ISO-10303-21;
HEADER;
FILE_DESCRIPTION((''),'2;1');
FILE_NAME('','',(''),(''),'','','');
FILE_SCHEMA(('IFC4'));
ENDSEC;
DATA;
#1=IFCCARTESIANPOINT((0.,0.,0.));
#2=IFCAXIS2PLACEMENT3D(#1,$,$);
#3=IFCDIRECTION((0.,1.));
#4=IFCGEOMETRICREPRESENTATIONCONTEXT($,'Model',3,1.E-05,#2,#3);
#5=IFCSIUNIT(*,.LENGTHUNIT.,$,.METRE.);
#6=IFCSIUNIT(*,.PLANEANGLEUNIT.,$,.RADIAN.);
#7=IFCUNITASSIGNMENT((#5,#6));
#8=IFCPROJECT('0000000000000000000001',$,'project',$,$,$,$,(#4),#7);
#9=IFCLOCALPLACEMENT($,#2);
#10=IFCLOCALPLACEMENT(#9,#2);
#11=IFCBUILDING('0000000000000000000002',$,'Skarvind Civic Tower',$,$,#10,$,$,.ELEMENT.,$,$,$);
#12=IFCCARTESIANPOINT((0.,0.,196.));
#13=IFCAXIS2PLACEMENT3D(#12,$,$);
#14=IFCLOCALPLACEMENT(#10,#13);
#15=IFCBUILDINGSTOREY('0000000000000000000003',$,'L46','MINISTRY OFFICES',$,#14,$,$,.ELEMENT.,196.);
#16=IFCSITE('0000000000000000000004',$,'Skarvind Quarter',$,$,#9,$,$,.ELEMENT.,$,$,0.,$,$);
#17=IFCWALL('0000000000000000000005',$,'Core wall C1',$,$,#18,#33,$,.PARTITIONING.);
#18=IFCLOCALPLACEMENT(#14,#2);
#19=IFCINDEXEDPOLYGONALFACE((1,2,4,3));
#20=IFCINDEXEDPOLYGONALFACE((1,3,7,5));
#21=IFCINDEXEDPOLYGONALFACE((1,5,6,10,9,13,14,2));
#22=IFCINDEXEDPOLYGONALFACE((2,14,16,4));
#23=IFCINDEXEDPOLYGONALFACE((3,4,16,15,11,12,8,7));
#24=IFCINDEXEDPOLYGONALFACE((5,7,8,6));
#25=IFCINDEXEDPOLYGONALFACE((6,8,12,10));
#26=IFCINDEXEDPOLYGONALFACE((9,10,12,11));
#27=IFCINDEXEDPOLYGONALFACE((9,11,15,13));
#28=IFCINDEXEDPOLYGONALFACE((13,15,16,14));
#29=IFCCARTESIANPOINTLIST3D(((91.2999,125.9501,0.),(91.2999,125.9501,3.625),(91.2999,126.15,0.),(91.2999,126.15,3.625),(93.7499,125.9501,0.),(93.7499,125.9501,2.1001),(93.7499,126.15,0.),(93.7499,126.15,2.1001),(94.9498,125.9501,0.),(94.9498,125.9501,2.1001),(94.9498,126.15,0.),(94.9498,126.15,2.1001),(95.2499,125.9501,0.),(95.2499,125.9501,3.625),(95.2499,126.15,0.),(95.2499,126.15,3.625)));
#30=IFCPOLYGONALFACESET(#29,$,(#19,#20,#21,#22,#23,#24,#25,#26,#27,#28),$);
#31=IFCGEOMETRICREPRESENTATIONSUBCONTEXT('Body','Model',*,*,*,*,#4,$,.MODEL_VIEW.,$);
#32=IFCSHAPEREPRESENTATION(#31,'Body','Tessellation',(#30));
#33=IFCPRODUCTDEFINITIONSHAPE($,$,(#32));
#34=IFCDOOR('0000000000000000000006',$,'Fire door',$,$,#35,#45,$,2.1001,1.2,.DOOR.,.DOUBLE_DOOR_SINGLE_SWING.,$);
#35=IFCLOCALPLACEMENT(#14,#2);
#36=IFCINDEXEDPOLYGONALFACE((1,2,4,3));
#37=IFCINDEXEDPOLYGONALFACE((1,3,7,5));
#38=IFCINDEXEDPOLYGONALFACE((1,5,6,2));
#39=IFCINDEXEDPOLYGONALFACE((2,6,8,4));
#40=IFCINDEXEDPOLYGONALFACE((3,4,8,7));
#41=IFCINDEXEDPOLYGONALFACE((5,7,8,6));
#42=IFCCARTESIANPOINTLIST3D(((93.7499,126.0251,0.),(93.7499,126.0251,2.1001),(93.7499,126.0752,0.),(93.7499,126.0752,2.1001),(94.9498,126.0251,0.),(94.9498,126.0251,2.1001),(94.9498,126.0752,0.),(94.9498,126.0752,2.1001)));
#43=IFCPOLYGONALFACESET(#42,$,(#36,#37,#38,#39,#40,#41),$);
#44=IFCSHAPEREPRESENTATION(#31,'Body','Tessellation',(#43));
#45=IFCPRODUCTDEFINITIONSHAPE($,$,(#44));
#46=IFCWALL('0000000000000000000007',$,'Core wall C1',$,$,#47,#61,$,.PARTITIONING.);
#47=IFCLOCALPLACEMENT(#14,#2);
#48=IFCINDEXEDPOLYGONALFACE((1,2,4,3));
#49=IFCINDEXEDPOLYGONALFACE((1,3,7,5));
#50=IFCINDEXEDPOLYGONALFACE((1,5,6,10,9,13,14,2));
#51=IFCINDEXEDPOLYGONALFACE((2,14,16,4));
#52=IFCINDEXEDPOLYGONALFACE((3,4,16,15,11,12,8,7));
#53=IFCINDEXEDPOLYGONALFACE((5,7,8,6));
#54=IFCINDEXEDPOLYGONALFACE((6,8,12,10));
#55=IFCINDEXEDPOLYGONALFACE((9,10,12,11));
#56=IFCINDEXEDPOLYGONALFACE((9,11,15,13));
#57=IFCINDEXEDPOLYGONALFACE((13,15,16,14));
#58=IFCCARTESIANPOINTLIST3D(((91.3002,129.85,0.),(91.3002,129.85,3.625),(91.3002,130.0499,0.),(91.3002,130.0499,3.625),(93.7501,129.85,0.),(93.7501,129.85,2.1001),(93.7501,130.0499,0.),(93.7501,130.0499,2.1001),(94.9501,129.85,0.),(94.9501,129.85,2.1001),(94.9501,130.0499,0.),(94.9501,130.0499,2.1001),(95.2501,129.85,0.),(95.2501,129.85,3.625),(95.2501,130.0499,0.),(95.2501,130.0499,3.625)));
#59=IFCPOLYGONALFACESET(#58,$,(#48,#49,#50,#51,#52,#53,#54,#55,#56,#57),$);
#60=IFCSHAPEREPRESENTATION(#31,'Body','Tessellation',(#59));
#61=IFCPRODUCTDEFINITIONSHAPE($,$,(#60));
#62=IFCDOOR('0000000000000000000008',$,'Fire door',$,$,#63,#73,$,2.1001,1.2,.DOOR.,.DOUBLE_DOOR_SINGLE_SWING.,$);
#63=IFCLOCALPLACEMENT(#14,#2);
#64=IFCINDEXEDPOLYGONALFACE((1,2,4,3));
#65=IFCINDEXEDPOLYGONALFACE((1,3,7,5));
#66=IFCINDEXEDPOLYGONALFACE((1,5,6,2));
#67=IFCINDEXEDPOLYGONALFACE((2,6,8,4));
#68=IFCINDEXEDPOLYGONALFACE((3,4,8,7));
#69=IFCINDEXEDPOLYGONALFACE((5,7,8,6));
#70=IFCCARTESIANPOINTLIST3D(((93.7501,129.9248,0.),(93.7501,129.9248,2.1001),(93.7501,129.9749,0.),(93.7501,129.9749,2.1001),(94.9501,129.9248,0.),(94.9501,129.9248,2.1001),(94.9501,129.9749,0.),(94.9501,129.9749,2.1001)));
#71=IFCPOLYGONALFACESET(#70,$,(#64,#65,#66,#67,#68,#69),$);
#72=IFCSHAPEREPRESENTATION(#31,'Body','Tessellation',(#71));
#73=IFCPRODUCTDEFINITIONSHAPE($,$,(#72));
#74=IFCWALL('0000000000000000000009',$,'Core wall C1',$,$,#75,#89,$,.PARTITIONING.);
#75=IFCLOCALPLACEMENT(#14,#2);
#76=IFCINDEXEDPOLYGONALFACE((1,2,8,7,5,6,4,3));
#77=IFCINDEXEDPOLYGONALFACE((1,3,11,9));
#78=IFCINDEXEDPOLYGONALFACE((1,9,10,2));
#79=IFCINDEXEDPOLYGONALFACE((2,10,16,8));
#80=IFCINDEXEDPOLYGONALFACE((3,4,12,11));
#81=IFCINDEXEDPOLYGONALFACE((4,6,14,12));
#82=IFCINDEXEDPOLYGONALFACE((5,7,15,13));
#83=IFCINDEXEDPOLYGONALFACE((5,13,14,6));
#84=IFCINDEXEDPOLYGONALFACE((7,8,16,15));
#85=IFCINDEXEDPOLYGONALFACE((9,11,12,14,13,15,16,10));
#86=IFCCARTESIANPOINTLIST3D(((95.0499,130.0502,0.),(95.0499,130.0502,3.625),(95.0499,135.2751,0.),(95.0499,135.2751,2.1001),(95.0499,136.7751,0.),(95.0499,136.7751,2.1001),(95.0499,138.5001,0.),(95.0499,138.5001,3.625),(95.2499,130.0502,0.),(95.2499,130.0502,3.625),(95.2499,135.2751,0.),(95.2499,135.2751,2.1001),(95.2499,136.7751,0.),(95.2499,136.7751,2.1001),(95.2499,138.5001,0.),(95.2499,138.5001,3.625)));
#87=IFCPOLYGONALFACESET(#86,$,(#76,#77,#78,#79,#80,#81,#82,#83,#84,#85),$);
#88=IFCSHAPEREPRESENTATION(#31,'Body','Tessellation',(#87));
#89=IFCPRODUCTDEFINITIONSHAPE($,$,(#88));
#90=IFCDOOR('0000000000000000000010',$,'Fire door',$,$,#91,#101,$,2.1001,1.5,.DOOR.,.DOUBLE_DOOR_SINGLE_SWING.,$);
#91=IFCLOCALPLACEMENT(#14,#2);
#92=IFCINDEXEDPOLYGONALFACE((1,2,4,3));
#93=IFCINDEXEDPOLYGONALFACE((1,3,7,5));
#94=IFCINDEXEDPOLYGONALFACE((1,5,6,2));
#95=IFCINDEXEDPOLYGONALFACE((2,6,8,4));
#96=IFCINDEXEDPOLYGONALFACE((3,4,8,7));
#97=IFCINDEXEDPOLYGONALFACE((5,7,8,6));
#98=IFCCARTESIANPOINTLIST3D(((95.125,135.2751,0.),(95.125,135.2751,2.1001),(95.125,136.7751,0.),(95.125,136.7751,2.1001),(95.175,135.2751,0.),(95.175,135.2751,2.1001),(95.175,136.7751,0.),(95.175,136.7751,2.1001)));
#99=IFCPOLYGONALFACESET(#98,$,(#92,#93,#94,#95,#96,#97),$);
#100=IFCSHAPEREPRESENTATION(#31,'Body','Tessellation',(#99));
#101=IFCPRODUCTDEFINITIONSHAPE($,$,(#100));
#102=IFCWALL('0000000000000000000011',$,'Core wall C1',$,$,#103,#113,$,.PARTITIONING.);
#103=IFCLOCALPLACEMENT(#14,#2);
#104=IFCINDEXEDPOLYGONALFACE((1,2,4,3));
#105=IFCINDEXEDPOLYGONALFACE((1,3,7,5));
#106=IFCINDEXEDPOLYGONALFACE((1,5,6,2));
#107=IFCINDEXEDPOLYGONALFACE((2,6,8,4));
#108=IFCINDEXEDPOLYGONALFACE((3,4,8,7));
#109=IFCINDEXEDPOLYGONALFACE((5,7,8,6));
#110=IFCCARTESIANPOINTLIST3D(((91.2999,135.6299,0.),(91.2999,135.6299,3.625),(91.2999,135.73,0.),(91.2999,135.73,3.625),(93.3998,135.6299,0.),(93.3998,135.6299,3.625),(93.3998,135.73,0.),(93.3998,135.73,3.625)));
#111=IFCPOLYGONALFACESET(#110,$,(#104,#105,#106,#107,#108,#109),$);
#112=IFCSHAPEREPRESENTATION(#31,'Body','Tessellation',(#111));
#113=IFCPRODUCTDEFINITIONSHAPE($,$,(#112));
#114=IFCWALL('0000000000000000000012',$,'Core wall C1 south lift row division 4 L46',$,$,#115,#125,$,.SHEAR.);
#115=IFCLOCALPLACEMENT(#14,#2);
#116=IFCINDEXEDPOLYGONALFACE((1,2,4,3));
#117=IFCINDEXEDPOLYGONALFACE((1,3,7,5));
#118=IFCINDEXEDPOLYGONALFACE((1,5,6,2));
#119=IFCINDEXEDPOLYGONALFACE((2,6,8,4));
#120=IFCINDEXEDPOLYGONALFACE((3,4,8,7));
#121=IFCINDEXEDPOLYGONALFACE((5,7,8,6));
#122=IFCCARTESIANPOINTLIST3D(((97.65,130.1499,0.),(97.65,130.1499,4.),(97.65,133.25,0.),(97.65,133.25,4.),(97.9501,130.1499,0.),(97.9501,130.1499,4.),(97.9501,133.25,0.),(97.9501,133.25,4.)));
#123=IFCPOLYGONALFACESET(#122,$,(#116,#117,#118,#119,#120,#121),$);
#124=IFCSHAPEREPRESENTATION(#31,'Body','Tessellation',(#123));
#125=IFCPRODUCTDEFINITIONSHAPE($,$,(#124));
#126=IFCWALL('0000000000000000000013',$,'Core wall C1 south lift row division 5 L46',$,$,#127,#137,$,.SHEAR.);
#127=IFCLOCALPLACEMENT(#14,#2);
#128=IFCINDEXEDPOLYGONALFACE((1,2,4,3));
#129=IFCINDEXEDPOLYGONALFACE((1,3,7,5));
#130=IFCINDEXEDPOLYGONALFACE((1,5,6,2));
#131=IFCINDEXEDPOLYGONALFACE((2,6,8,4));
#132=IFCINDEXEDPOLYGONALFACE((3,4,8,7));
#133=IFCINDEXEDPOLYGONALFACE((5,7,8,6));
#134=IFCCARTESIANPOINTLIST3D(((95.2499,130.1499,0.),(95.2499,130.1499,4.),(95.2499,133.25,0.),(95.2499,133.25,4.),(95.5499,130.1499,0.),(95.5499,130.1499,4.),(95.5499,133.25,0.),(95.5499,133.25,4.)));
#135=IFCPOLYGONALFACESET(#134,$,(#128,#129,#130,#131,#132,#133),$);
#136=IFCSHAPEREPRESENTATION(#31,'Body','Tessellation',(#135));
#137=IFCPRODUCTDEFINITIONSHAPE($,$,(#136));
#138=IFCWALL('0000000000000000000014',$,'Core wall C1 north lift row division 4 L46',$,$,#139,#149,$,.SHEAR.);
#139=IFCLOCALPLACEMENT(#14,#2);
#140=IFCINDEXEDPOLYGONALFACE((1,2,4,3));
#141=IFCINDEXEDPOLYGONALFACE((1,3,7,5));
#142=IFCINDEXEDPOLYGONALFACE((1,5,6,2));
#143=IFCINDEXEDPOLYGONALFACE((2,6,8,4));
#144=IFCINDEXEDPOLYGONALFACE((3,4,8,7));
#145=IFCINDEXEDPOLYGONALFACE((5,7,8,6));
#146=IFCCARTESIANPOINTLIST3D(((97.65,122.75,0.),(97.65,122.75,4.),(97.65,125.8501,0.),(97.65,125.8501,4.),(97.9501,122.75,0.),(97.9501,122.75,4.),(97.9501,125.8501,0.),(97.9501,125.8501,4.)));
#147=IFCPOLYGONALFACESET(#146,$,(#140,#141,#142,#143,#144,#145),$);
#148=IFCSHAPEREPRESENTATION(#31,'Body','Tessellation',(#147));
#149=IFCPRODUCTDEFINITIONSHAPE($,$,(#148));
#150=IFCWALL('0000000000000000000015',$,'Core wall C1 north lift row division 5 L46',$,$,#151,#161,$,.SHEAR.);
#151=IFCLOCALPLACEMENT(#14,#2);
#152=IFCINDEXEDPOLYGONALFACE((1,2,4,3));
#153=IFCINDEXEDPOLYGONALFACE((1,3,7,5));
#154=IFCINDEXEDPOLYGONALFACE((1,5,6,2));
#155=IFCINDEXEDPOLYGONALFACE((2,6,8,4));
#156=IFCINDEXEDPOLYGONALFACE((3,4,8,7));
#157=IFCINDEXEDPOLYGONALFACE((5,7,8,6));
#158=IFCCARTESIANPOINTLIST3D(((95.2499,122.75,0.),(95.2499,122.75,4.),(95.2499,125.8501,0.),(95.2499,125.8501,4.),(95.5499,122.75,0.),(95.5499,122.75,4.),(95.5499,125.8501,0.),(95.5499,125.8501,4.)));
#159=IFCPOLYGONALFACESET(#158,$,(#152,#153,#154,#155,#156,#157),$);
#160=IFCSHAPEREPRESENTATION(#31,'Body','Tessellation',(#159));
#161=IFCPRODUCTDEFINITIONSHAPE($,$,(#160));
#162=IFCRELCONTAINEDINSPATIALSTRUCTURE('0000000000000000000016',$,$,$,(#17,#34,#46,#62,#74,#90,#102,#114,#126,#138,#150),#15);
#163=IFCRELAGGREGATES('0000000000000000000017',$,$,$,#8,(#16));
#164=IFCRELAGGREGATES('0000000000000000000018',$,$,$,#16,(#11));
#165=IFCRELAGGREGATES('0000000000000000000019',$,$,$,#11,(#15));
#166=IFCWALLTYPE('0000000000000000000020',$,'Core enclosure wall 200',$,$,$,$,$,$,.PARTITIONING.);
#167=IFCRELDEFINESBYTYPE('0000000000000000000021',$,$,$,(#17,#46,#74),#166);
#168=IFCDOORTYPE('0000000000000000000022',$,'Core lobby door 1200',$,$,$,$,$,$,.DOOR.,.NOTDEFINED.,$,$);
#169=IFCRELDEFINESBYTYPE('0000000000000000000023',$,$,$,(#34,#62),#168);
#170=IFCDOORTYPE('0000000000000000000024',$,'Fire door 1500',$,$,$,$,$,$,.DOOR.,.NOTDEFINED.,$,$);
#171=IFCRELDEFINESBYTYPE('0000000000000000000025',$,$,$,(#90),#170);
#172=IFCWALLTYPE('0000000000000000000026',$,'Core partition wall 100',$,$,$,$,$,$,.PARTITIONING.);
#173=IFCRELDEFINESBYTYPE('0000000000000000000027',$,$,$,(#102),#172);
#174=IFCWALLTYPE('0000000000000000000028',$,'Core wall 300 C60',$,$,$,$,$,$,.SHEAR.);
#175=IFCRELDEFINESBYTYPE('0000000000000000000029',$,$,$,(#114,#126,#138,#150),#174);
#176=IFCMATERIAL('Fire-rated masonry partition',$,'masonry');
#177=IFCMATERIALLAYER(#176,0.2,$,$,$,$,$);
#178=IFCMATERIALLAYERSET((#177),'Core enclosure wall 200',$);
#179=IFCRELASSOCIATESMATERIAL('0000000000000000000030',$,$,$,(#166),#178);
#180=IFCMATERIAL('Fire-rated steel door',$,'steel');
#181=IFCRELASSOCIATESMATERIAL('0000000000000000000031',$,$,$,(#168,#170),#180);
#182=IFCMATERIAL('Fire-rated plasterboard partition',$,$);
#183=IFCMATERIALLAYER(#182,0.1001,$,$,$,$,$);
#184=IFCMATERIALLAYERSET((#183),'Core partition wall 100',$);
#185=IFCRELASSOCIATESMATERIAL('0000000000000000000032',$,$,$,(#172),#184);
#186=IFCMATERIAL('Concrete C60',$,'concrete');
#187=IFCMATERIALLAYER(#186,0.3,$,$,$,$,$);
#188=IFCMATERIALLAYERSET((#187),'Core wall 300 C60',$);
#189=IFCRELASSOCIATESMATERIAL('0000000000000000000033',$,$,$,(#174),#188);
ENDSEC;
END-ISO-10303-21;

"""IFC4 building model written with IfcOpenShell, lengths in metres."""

from ifc_helpers import new_model, si_unit, direction, frame, frame_2d, origin, place, context, subcontext, project, spatial, rectangle, extrude, material, layer, layer_set, type_object, element, fill, save


model = new_model("IFC4")

# Units and contexts
model_context = context("Model", 3, precision=1e-05, world=origin(), true_north=direction((0.0, 1.0)))
body_context = subcontext(model_context, "Body", "Model", "MODEL_VIEW")
ifc_project = project(units=[si_unit("LENGTHUNIT", "METRE"), si_unit("PLANEANGLEUNIT", "RADIAN")], contexts=[model_context])

# Site, building, storey
site_placement = place(None, origin())
site = spatial("IfcSite", under=ifc_project, at=site_placement, Name="Skarvind Quarter", CompositionType="ELEMENT", RefElevation=0.0)
building_placement = place(site_placement, origin())
building = spatial("IfcBuilding", under=site, at=building_placement, Name="Skarvind Civic Tower", CompositionType="ELEMENT")
storey_placement = place(building_placement, frame((0.0, 0.0, 196.0)))
storey = spatial("IfcBuildingStorey", under=building, at=storey_placement, Name="L46", Description="MINISTRY OFFICES", CompositionType="ELEMENT", Elevation=196.0)

# Walls, openings, doors
ifc_material_1 = material(Name="Fire-rated masonry partition", Category="masonry")
ifc_layer_1 = layer(ifc_material_1, 0.2)
ifc_layer_set_1 = layer_set([ifc_layer_1], Name="Core enclosure wall 200")
wall_type_1 = type_object("IfcWallType", Name="Core enclosure wall 200", PredefinedType="PARTITIONING", material=ifc_layer_set_1)
wall_1_placement = place(storey_placement, frame((95.25, 126.05, 0.0), z_axis=(0.0, 0.0, 1.0), x_axis=(-1.0, 0.0, 0.0)))
wall_1 = element("IfcWall", 1, at=wall_1_placement, inside=storey, type_object=wall_type_1, Name="Core wall C1", PredefinedType="PARTITIONING", context=body_context, shape_type="SweptSolid", body=[
    extrude(rectangle(XDim=3.95, YDim=0.2, at=frame_2d((1.9751, 0.0))), origin(), (0.0, 0.0, 1.0), 3.625),
])
opening_1_placement = place(wall_1_placement, frame((0.3, 0.0, 0.0)))
opening_1 = element("IfcOpeningElement", 2, at=opening_1_placement, cuts=wall_1, PredefinedType="OPENING", context=body_context, shape_type="SweptSolid", body=[
    extrude(rectangle(XDim=1.2, YDim=2.1001, at=frame_2d((0.6001, 1.05))), frame((0.0, 0.1099, 0.0), z_axis=(0.0, -1.0, 0.0), x_axis=(1.0, 0.0, 0.0)), (0.0, 0.0, 1.0), 0.22),
])
ifc_material_2 = material(Name="Fire-rated steel door", Category="steel")
door_type_1 = type_object("IfcDoorType", Name="Core lobby door 1200", OperationType="NOTDEFINED", PredefinedType="DOOR", material=ifc_material_2)
door_1_placement = place(opening_1_placement, origin())
door_1 = element("IfcDoor", 3, at=door_1_placement, inside=storey, type_object=door_type_1, Name="Fire door", OperationType="DOUBLE_DOOR_SINGLE_SWING", OverallHeight=2.1001, OverallWidth=1.2, PredefinedType="DOOR", context=body_context, shape_type="SweptSolid", body=[
    extrude(rectangle(XDim=1.2, YDim=2.1001, at=frame_2d((0.6001, 1.05))), frame((0.0, 0.0249, 0.0), z_axis=(0.0, -1.0, 0.0), x_axis=(1.0, 0.0, 0.0)), (0.0, 0.0, 1.0), 0.05),
])
fill(opening_1, door_1)
wall_2_placement = place(storey_placement, frame((91.3, 129.95, 0.0), z_axis=(0.0, 0.0, 1.0), x_axis=(1.0, 0.0, 0.0)))
wall_2 = element("IfcWall", 4, at=wall_2_placement, inside=storey, type_object=wall_type_1, Name="Core wall C1", PredefinedType="PARTITIONING", context=body_context, shape_type="SweptSolid", body=[
    extrude(rectangle(XDim=3.95, YDim=0.2, at=frame_2d((1.9751, 0.0))), origin(), (0.0, 0.0, 1.0), 3.625),
])
opening_2_placement = place(wall_2_placement, frame((2.45, 0.0, 0.0)))
opening_2 = element("IfcOpeningElement", 5, at=opening_2_placement, cuts=wall_2, PredefinedType="OPENING", context=body_context, shape_type="SweptSolid", body=[
    extrude(rectangle(XDim=1.2, YDim=2.1001, at=frame_2d((0.6001, 1.05))), frame((0.0, 0.1099, 0.0), z_axis=(0.0, -1.0, 0.0), x_axis=(1.0, 0.0, 0.0)), (0.0, 0.0, 1.0), 0.22),
])
door_2_placement = place(opening_2_placement, origin())
door_2 = element("IfcDoor", 6, at=door_2_placement, inside=storey, type_object=door_type_1, Name="Fire door", OperationType="DOUBLE_DOOR_SINGLE_SWING", OverallHeight=2.1001, OverallWidth=1.2, PredefinedType="DOOR", context=body_context, shape_type="SweptSolid", body=[
    extrude(rectangle(XDim=1.2, YDim=2.1001, at=frame_2d((0.6001, 1.05))), frame((0.0, 0.0249, 0.0), z_axis=(0.0, -1.0, 0.0), x_axis=(1.0, 0.0, 0.0)), (0.0, 0.0, 1.0), 0.05),
])
fill(opening_2, door_2)
wall_3_placement = place(storey_placement, frame((95.1499, 130.05, 0.0), z_axis=(0.0, 0.0, 1.0), x_axis=(0.0, 1.0, 0.0)))
wall_3 = element("IfcWall", 7, at=wall_3_placement, inside=storey, type_object=wall_type_1, Name="Core wall C1", PredefinedType="PARTITIONING", context=body_context, shape_type="SweptSolid", body=[
    extrude(rectangle(XDim=8.45, YDim=0.2, at=frame_2d((4.2251, 0.0))), origin(), (0.0, 0.0, 1.0), 3.625),
])
opening_3_placement = place(wall_3_placement, frame((5.2251, 0.0, 0.0)))
opening_3 = element("IfcOpeningElement", 8, at=opening_3_placement, cuts=wall_3, PredefinedType="OPENING", context=body_context, shape_type="SweptSolid", body=[
    extrude(rectangle(XDim=1.5, YDim=2.1001, at=frame_2d((0.75, 1.05))), frame((0.0, 0.1099, 0.0), z_axis=(0.0, -1.0, 0.0), x_axis=(1.0, 0.0, 0.0)), (0.0, 0.0, 1.0), 0.22),
])
door_type_2 = type_object("IfcDoorType", Name="Fire door 1500", OperationType="NOTDEFINED", PredefinedType="DOOR", material=ifc_material_2)
door_3_placement = place(opening_3_placement, origin())
door_3 = element("IfcDoor", 9, at=door_3_placement, inside=storey, type_object=door_type_2, Name="Fire door", OperationType="DOUBLE_DOOR_SINGLE_SWING", OverallHeight=2.1001, OverallWidth=1.5, PredefinedType="DOOR", context=body_context, shape_type="SweptSolid", body=[
    extrude(rectangle(XDim=1.5, YDim=2.1001, at=frame_2d((0.75, 1.05))), frame((0.0, 0.0249, 0.0), z_axis=(0.0, -1.0, 0.0), x_axis=(1.0, 0.0, 0.0)), (0.0, 0.0, 1.0), 0.05),
])
fill(opening_3, door_3)

# Walls
ifc_material_3 = material(Name="Fire-rated plasterboard partition")
ifc_layer_2 = layer(ifc_material_3, 0.1001)
ifc_layer_set_2 = layer_set([ifc_layer_2], Name="Core partition wall 100")
wall_type_2 = type_object("IfcWallType", Name="Core partition wall 100", PredefinedType="PARTITIONING", material=ifc_layer_set_2)
wall_4_placement = place(storey_placement, frame((91.3, 135.6799, 0.0), z_axis=(0.0, 0.0, 1.0), x_axis=(1.0, 0.0, 0.0)))
element("IfcWall", 10, at=wall_4_placement, inside=storey, type_object=wall_type_2, Name="Core wall C1", PredefinedType="PARTITIONING", context=body_context, shape_type="SweptSolid", body=[
    extrude(rectangle(XDim=2.0999, YDim=0.1001, at=frame_2d((1.0498, 0.0))), origin(), (0.0, 0.0, 1.0), 3.625),
])
ifc_material_4 = material(Name="Concrete C60", Category="concrete")
ifc_layer_3 = layer(ifc_material_4, 0.3)
ifc_layer_set_3 = layer_set([ifc_layer_3], Name="Core wall 300 C60")
wall_type_3 = type_object("IfcWallType", Name="Core wall 300 C60", PredefinedType="SHEAR", material=ifc_layer_set_3)
for number, where, z_axis, x_axis, name in (
    (11, (97.8, 133.25, 0.0), (0.0, 0.0, 1.0), (0.0, -1.0, 0.0), "Core wall C1 south lift row division 4 L46"),
    (12, (95.3999, 133.25, 0.0), (0.0, 0.0, 1.0), (0.0, -1.0, 0.0), "Core wall C1 south lift row division 5 L46"),
    (13, (97.8, 125.8501, 0.0), (0.0, 0.0, 1.0), (0.0, -1.0, 0.0), "Core wall C1 north lift row division 4 L46"),
    (14, (95.3999, 125.8501, 0.0), (0.0, 0.0, 1.0), (0.0, -1.0, 0.0), "Core wall C1 north lift row division 5 L46"),
):
    element("IfcWall", number, at=place(storey_placement, frame(where, z_axis=z_axis, x_axis=x_axis)), inside=storey, type_object=wall_type_3, Name=name, PredefinedType="SHEAR", context=body_context, shape_type="SweptSolid", body=[
        extrude(rectangle(XDim=3.1001, YDim=0.3, at=frame_2d((1.55, 0.0))), origin(), (0.0, 0.0, 1.0), 4.0),
    ])

save(model, "model.ifc")
